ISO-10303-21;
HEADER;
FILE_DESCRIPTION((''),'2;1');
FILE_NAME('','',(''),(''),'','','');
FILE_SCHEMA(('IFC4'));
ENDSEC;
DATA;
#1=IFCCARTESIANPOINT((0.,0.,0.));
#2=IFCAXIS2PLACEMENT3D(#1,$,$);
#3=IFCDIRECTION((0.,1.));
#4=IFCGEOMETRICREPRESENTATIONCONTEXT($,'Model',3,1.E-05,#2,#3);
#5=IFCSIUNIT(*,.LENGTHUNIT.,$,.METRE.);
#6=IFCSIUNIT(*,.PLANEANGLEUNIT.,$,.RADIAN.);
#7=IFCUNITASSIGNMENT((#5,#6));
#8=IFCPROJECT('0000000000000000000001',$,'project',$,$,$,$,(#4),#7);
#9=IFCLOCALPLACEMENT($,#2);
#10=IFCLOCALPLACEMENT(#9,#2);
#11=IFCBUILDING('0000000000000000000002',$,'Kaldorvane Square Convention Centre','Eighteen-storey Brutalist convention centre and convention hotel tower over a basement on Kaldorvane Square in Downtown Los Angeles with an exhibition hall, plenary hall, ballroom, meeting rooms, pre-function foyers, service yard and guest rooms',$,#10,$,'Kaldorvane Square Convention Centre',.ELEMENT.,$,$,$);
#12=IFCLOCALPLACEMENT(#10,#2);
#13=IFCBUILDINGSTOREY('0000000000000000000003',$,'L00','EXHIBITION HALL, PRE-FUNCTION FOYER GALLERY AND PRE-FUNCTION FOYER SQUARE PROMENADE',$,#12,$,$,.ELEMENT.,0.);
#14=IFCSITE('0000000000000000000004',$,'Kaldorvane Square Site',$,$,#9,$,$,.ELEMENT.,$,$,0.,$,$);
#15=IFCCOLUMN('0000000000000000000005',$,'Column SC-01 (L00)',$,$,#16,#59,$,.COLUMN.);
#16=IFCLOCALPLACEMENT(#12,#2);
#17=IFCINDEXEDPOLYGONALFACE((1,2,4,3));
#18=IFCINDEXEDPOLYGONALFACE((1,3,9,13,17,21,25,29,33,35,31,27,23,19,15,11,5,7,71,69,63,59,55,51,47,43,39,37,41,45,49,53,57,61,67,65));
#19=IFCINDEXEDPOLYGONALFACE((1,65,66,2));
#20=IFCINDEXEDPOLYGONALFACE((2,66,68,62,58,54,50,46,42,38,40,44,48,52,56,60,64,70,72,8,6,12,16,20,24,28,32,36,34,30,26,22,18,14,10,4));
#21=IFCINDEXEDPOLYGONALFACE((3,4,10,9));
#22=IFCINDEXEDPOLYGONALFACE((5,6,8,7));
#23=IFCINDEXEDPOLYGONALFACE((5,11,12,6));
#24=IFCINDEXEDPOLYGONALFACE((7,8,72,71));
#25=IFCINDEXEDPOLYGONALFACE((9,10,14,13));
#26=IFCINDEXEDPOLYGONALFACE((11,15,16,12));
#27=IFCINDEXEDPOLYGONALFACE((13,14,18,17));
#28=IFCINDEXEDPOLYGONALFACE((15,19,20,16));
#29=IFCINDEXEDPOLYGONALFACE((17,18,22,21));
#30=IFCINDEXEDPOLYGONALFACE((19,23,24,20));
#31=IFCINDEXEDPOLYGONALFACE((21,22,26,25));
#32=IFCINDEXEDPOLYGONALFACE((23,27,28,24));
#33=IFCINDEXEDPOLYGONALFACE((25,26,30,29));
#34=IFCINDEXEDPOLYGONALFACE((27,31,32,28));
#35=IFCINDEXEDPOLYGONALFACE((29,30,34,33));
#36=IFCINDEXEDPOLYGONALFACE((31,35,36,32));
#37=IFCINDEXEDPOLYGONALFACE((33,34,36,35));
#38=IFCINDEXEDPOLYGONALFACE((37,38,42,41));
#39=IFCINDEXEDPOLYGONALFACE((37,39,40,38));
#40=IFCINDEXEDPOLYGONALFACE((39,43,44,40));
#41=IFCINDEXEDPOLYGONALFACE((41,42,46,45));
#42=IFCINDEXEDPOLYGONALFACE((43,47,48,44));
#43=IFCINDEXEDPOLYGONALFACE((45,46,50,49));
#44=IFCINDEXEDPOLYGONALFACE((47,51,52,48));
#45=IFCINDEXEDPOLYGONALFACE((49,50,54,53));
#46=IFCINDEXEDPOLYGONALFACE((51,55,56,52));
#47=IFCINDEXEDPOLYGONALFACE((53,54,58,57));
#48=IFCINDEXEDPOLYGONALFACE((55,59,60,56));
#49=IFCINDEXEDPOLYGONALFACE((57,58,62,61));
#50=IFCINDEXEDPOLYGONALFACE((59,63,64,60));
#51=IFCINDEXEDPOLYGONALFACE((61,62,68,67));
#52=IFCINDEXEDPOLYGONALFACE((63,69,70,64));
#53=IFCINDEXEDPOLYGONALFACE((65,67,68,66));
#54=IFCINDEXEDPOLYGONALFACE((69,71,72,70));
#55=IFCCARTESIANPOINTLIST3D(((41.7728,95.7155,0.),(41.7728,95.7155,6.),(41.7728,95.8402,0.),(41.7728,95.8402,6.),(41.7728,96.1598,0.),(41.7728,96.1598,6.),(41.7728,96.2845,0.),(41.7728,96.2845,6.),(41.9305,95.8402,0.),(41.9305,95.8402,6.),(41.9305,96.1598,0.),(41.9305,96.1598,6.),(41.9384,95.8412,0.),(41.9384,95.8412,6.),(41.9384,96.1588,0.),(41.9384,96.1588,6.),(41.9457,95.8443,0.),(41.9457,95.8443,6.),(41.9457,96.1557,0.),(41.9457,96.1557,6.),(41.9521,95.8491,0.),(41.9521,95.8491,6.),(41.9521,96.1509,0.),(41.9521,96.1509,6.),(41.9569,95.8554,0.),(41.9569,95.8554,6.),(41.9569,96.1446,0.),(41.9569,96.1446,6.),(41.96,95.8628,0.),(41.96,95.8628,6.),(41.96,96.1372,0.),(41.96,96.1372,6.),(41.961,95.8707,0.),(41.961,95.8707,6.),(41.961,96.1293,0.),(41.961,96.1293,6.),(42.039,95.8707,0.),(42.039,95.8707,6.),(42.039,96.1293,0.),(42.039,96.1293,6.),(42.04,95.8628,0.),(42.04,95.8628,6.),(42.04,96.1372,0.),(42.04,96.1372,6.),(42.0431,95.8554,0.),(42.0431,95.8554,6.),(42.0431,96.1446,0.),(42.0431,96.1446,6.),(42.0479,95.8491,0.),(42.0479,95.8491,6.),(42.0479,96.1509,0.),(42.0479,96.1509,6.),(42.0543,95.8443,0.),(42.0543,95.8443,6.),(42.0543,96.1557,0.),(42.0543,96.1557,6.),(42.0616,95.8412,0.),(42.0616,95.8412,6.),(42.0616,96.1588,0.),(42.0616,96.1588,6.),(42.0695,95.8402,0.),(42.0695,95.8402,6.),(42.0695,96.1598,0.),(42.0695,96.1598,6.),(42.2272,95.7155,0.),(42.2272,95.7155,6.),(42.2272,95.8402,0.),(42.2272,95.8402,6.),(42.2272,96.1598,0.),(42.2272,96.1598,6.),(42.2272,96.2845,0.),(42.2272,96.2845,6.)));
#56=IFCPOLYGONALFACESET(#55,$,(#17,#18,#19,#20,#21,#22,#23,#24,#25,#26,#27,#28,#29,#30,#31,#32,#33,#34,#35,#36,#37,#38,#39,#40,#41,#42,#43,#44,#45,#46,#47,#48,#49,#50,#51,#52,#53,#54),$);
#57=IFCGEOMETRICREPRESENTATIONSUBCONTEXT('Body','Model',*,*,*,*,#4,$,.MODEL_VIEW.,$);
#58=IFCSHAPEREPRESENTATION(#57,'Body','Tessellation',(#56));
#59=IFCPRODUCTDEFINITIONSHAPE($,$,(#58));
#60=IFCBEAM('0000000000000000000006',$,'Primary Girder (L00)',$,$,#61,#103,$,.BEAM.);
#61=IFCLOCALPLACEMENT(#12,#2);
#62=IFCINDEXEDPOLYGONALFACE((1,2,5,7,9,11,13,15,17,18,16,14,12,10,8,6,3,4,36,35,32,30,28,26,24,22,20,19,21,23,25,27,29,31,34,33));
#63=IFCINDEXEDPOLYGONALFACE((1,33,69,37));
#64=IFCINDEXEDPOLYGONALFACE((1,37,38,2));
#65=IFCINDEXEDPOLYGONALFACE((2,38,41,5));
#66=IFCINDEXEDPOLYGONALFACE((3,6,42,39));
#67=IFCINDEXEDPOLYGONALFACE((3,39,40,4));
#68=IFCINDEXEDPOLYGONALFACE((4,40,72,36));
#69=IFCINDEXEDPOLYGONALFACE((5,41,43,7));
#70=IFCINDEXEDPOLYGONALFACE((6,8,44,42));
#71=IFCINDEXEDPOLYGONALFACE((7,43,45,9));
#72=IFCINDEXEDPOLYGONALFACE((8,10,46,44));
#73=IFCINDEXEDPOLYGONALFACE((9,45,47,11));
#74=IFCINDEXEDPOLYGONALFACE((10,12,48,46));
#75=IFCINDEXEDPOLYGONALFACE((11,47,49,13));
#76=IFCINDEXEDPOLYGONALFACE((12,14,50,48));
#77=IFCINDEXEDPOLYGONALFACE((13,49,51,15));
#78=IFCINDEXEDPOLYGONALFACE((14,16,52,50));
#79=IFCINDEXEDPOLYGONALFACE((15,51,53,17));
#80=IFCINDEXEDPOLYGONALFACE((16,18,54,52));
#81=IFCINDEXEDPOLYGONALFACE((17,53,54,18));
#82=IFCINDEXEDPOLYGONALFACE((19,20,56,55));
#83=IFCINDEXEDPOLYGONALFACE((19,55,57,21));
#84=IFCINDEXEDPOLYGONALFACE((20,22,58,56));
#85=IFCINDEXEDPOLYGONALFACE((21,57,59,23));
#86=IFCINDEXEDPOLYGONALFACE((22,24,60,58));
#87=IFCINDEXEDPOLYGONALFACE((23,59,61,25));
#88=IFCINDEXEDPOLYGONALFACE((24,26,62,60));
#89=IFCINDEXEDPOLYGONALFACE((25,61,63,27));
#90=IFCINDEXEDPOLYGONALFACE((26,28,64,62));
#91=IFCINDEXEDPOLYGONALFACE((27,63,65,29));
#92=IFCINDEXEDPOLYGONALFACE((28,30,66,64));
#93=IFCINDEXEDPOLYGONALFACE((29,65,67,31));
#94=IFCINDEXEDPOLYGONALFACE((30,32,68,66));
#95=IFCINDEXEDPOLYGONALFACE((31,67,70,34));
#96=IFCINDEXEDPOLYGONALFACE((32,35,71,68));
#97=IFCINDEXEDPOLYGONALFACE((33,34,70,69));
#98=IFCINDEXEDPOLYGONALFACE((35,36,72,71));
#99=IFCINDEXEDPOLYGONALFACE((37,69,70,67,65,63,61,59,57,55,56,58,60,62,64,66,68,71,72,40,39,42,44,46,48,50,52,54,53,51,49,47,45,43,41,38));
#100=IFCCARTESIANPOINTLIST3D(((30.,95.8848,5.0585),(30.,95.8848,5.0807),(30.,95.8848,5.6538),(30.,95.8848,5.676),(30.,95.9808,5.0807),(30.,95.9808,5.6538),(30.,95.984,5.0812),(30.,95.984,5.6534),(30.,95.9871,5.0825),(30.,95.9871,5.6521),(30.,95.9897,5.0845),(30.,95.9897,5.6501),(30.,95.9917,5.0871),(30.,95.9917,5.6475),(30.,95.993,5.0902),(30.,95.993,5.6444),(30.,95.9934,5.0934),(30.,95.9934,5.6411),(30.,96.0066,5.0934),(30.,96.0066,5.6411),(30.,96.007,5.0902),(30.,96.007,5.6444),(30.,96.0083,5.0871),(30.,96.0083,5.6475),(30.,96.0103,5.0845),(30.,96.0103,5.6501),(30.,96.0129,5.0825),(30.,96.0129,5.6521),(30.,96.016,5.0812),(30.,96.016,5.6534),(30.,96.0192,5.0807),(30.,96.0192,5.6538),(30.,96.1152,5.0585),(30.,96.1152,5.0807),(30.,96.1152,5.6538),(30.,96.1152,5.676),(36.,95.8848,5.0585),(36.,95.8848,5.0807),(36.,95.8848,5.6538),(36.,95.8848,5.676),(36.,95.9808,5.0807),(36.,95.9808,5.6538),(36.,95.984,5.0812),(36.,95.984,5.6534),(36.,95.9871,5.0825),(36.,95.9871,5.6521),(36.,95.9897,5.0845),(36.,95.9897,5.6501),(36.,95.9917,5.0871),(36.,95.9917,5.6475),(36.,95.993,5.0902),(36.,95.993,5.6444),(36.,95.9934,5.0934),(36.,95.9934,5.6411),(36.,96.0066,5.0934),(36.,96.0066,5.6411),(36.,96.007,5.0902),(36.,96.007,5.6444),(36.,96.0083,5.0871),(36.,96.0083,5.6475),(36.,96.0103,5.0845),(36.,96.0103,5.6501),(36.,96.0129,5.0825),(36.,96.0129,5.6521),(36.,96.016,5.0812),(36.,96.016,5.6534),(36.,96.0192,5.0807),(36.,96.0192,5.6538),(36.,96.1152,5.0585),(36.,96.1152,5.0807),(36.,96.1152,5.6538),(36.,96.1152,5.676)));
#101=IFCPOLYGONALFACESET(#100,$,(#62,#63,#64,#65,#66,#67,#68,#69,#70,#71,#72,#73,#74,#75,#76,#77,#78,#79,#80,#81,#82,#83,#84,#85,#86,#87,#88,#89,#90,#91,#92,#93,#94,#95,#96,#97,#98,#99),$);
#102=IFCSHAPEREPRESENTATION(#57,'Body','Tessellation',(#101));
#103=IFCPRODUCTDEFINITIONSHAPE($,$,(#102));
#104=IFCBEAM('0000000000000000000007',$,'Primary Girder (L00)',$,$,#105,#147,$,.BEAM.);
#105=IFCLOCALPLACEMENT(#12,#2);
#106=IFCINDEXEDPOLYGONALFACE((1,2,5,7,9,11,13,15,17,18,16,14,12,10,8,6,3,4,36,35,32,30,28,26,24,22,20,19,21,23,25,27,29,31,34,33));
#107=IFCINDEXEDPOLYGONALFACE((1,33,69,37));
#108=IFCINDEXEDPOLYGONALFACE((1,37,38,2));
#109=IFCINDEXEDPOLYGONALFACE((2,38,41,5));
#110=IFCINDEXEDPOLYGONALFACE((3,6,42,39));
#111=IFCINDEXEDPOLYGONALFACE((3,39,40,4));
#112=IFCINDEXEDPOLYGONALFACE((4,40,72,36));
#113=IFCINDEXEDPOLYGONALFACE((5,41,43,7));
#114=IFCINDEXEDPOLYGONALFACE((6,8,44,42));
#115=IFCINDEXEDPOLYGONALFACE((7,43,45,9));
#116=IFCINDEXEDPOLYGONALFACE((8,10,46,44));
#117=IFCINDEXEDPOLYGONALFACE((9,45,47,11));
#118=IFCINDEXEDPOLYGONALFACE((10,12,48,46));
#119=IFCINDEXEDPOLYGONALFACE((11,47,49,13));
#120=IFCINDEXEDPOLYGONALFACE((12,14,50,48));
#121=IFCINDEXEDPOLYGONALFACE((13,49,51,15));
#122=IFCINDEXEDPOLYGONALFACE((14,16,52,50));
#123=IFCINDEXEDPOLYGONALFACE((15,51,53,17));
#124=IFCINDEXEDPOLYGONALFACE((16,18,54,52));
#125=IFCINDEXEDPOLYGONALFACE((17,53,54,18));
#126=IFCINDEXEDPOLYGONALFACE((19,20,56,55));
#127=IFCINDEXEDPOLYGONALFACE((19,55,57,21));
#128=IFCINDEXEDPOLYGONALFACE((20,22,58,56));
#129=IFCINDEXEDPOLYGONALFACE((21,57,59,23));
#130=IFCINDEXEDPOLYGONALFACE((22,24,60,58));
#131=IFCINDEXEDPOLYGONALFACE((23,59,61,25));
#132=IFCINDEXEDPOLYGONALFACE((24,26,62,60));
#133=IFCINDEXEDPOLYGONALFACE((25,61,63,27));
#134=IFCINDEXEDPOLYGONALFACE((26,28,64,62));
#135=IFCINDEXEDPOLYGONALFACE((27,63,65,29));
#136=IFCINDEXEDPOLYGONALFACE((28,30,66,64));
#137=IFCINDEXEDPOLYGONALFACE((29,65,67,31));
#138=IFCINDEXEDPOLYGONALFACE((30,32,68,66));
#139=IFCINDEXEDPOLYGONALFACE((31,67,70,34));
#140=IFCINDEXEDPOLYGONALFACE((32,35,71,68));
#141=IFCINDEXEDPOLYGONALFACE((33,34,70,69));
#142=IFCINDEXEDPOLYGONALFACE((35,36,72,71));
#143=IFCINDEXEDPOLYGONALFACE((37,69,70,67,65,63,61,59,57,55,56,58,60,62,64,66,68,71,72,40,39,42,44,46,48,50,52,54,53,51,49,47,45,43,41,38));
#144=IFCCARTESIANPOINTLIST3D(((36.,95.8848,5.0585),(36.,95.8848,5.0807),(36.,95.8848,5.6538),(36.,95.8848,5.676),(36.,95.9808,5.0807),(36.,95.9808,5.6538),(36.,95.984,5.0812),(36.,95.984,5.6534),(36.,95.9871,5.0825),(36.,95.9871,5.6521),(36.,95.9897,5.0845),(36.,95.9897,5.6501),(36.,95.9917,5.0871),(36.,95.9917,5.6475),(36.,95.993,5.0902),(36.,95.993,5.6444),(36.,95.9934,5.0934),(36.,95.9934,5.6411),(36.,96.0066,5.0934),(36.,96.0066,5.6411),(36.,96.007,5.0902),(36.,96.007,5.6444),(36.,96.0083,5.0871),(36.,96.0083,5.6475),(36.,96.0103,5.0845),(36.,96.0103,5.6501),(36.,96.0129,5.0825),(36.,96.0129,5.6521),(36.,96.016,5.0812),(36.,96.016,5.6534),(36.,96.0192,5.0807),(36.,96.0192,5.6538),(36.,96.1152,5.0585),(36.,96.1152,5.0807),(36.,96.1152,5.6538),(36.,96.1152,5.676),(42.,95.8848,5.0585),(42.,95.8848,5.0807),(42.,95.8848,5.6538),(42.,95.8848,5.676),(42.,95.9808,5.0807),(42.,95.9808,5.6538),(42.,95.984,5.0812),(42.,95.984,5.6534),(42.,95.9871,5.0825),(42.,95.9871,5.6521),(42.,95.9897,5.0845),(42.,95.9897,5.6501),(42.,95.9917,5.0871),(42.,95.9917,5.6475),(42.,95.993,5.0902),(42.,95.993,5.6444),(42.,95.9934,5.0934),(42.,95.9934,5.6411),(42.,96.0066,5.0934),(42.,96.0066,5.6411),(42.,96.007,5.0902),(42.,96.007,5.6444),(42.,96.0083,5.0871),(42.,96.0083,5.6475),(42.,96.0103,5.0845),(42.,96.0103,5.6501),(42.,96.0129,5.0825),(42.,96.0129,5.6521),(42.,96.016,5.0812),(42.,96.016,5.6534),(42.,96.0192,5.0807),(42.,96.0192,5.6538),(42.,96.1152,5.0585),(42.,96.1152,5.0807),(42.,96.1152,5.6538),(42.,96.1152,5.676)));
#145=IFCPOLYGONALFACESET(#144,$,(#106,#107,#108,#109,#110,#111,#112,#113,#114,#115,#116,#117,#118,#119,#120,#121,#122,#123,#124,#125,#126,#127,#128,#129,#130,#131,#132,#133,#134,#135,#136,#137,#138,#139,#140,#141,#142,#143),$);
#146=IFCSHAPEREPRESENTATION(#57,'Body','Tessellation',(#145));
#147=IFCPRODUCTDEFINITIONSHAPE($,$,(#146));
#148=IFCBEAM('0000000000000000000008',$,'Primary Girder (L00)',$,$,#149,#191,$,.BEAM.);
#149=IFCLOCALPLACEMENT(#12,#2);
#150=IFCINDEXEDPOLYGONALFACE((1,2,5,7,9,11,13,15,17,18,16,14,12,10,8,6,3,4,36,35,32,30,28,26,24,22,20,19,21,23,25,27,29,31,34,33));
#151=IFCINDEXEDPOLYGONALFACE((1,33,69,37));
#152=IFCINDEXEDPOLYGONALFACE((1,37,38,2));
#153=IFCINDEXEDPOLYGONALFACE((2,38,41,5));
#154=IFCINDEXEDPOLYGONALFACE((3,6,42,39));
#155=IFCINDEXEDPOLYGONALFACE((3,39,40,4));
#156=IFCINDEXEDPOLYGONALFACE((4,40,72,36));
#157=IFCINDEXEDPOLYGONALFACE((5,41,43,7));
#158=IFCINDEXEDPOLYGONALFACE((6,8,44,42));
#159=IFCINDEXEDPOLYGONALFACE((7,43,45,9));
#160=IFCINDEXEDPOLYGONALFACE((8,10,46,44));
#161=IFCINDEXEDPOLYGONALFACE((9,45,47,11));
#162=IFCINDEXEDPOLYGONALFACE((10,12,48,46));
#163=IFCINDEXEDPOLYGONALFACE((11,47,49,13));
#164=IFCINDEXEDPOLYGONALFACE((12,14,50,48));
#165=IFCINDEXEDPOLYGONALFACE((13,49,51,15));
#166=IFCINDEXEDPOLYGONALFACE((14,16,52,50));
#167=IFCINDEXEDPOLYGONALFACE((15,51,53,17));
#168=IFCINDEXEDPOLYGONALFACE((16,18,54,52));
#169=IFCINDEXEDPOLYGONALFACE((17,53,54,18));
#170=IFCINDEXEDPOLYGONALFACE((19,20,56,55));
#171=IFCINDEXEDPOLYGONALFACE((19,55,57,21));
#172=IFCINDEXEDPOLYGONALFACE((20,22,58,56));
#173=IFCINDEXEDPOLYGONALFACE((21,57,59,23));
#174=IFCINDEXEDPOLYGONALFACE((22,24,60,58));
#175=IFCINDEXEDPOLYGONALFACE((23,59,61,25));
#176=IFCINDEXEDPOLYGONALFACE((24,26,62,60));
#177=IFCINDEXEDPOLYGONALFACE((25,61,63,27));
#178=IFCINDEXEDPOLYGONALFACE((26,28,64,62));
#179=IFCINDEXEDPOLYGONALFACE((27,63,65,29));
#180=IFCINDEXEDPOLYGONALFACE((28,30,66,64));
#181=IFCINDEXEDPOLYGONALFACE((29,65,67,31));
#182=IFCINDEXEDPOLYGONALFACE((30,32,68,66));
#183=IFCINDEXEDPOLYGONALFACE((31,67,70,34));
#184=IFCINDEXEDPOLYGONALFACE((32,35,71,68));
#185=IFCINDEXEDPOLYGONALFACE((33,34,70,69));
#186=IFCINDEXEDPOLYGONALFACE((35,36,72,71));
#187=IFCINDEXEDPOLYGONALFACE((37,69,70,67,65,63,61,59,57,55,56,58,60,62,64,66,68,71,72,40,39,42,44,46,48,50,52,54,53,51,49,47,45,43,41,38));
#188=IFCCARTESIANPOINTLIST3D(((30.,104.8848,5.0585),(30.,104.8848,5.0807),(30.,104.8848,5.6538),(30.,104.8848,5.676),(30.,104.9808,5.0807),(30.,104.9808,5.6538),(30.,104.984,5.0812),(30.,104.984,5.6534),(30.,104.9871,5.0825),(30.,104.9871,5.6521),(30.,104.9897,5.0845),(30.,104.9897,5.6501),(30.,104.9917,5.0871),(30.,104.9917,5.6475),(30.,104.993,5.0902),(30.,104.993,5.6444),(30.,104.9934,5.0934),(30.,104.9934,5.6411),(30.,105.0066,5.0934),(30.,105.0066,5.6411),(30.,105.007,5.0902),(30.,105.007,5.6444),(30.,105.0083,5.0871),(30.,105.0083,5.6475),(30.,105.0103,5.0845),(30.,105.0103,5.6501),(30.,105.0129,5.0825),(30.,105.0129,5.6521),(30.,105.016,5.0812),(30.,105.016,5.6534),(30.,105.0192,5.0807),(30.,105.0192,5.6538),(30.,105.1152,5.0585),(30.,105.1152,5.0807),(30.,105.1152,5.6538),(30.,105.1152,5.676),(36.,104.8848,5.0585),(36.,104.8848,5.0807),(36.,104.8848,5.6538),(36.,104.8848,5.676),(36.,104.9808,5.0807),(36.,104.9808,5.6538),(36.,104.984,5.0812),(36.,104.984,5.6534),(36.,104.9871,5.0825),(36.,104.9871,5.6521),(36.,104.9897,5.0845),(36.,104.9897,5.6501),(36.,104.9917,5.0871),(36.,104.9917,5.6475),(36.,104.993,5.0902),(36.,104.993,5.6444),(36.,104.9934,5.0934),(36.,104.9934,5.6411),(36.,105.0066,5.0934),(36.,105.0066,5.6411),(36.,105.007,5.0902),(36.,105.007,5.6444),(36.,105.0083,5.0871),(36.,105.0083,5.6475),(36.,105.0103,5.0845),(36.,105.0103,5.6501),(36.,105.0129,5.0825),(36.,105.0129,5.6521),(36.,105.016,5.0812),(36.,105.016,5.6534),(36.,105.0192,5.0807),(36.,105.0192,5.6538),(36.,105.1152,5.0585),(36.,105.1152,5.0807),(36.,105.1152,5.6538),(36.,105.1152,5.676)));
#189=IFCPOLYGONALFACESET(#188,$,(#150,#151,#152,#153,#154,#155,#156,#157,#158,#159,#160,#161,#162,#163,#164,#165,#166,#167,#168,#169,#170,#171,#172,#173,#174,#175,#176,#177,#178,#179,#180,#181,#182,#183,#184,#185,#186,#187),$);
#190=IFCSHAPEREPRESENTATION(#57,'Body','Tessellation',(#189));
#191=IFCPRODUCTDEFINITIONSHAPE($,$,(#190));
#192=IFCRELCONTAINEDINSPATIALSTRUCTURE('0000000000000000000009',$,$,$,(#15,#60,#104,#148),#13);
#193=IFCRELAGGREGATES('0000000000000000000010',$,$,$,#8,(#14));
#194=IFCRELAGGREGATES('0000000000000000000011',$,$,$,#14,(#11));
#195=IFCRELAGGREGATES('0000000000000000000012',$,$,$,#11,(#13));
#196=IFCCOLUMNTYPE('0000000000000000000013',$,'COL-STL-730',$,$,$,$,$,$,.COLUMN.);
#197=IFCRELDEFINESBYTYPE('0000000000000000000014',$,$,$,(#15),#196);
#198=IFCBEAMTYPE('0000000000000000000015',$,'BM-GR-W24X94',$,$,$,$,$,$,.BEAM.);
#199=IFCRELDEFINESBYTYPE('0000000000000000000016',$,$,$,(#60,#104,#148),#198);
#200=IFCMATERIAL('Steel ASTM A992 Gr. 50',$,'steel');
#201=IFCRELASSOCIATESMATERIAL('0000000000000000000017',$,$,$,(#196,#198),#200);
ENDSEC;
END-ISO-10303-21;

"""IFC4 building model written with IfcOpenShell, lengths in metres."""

from ifc_helpers import new_model, si_unit, direction, frame, origin, origin_2d, place, context, subcontext, project, spatial, i_section, extrude, material, material_profile, profile_set, type_object, element, save


model = new_model("IFC4")

# Units and contexts
model_context = context("Model", 3, precision=1e-05, world=origin(), true_north=direction((0.0, 1.0)))
body_context = subcontext(model_context, "Body", "Model", "MODEL_VIEW")
ifc_project = project(units=[si_unit("LENGTHUNIT", "METRE"), si_unit("PLANEANGLEUNIT", "RADIAN")], contexts=[model_context])

# Site, building, storey
site_placement = place(None, origin())
site = spatial("IfcSite", under=ifc_project, at=site_placement, Name="Kaldorvane Square Site", CompositionType="ELEMENT", RefElevation=0.0)
building_placement = place(site_placement, origin())
building = spatial("IfcBuilding", under=site, at=building_placement, Name="Kaldorvane Square Convention Centre", Description="Eighteen-storey Brutalist convention centre and convention hotel tower over a basement on Kaldorvane Square in Downtown Los Angeles with an exhibition hall, plenary hall, ballroom, meeting rooms, pre-function foyers, service yard and guest rooms", LongName="Kaldorvane Square Convention Centre", CompositionType="ELEMENT")
storey_placement = place(building_placement, origin())
storey = spatial("IfcBuildingStorey", under=building, at=storey_placement, Name="L00", Description="EXHIBITION HALL, PRE-FUNCTION FOYER GALLERY AND PRE-FUNCTION FOYER SQUARE PROMENADE", CompositionType="ELEMENT", Elevation=0.0)

# Column
ifc_material_1 = material(Name="Steel ASTM A992 Gr. 50", Category="steel")
ifc_material_profile_1 = material_profile(ifc_material_1, i_section(OverallWidth=0.4544, OverallDepth=0.569, WebThickness=0.078, FlangeThickness=0.1247, FilletRadius=0.0305, at=origin_2d()), Name="W14X730")
ifc_profile_set_1 = profile_set([ifc_material_profile_1], Name="Steel ASTM A992 Gr. 50")
column_type = type_object("IfcColumnType", Name="COL-STL-730", PredefinedType="COLUMN", material=ifc_profile_set_1)
for number, where, z_axis, x_axis, name in (
    (1, (42.0, 96.0, 0.0), (0.0, 0.0, 1.0), (1.0, 0.0, 0.0), "Column SC-01 (L00)"),
):
    element("IfcColumn", number, at=place(storey_placement, frame(where, z_axis=z_axis, x_axis=x_axis)), inside=storey, type_object=column_type, Name=name, PredefinedType="COLUMN", context=body_context, shape_type="SweptSolid", body=[
        extrude(i_section(OverallWidth=0.4544, OverallDepth=0.569, WebThickness=0.078, FlangeThickness=0.1247, FilletRadius=0.0305, at=origin_2d()), origin(), (0.0, 0.0, 1.0), 6.0),
    ])

# Beams
ifc_material_profile_2 = material_profile(ifc_material_1, i_section(OverallWidth=0.2303, OverallDepth=0.6175, WebThickness=0.0131, FlangeThickness=0.0222, FilletRadius=0.0127, at=origin_2d()), Name="W24X94")
ifc_profile_set_2 = profile_set([ifc_material_profile_2], Name="Steel ASTM A992 Gr. 50")
beam_type_1 = type_object("IfcBeamType", Name="BM-GR-W24X94", PredefinedType="BEAM", material=ifc_profile_set_2)
for number, where, z_axis, x_axis, name in (
    (2, (30.0, 96.0, 5.3673), (1.0, 0.0, 0.0), (0.0, 1.0, 0.0), "Primary Girder (L00)"),
    (3, (36.0, 96.0, 5.3673), (1.0, 0.0, 0.0), (0.0, 1.0, 0.0), "Primary Girder (L00)"),
    (4, (30.0, 105.0, 5.3673), (1.0, 0.0, 0.0), (0.0, 1.0, 0.0), "Primary Girder (L00)"),
):
    element("IfcBeam", number, at=place(storey_placement, frame(where, z_axis=z_axis, x_axis=x_axis)), inside=storey, type_object=beam_type_1, Name=name, PredefinedType="BEAM", context=body_context, shape_type="SweptSolid", body=[
        extrude(i_section(OverallWidth=0.2303, OverallDepth=0.6175, WebThickness=0.0131, FlangeThickness=0.0222, FilletRadius=0.0127, at=origin_2d()), origin(), (0.0, 0.0, 1.0), 6.0),
    ])

save(model, "model.ifc")
